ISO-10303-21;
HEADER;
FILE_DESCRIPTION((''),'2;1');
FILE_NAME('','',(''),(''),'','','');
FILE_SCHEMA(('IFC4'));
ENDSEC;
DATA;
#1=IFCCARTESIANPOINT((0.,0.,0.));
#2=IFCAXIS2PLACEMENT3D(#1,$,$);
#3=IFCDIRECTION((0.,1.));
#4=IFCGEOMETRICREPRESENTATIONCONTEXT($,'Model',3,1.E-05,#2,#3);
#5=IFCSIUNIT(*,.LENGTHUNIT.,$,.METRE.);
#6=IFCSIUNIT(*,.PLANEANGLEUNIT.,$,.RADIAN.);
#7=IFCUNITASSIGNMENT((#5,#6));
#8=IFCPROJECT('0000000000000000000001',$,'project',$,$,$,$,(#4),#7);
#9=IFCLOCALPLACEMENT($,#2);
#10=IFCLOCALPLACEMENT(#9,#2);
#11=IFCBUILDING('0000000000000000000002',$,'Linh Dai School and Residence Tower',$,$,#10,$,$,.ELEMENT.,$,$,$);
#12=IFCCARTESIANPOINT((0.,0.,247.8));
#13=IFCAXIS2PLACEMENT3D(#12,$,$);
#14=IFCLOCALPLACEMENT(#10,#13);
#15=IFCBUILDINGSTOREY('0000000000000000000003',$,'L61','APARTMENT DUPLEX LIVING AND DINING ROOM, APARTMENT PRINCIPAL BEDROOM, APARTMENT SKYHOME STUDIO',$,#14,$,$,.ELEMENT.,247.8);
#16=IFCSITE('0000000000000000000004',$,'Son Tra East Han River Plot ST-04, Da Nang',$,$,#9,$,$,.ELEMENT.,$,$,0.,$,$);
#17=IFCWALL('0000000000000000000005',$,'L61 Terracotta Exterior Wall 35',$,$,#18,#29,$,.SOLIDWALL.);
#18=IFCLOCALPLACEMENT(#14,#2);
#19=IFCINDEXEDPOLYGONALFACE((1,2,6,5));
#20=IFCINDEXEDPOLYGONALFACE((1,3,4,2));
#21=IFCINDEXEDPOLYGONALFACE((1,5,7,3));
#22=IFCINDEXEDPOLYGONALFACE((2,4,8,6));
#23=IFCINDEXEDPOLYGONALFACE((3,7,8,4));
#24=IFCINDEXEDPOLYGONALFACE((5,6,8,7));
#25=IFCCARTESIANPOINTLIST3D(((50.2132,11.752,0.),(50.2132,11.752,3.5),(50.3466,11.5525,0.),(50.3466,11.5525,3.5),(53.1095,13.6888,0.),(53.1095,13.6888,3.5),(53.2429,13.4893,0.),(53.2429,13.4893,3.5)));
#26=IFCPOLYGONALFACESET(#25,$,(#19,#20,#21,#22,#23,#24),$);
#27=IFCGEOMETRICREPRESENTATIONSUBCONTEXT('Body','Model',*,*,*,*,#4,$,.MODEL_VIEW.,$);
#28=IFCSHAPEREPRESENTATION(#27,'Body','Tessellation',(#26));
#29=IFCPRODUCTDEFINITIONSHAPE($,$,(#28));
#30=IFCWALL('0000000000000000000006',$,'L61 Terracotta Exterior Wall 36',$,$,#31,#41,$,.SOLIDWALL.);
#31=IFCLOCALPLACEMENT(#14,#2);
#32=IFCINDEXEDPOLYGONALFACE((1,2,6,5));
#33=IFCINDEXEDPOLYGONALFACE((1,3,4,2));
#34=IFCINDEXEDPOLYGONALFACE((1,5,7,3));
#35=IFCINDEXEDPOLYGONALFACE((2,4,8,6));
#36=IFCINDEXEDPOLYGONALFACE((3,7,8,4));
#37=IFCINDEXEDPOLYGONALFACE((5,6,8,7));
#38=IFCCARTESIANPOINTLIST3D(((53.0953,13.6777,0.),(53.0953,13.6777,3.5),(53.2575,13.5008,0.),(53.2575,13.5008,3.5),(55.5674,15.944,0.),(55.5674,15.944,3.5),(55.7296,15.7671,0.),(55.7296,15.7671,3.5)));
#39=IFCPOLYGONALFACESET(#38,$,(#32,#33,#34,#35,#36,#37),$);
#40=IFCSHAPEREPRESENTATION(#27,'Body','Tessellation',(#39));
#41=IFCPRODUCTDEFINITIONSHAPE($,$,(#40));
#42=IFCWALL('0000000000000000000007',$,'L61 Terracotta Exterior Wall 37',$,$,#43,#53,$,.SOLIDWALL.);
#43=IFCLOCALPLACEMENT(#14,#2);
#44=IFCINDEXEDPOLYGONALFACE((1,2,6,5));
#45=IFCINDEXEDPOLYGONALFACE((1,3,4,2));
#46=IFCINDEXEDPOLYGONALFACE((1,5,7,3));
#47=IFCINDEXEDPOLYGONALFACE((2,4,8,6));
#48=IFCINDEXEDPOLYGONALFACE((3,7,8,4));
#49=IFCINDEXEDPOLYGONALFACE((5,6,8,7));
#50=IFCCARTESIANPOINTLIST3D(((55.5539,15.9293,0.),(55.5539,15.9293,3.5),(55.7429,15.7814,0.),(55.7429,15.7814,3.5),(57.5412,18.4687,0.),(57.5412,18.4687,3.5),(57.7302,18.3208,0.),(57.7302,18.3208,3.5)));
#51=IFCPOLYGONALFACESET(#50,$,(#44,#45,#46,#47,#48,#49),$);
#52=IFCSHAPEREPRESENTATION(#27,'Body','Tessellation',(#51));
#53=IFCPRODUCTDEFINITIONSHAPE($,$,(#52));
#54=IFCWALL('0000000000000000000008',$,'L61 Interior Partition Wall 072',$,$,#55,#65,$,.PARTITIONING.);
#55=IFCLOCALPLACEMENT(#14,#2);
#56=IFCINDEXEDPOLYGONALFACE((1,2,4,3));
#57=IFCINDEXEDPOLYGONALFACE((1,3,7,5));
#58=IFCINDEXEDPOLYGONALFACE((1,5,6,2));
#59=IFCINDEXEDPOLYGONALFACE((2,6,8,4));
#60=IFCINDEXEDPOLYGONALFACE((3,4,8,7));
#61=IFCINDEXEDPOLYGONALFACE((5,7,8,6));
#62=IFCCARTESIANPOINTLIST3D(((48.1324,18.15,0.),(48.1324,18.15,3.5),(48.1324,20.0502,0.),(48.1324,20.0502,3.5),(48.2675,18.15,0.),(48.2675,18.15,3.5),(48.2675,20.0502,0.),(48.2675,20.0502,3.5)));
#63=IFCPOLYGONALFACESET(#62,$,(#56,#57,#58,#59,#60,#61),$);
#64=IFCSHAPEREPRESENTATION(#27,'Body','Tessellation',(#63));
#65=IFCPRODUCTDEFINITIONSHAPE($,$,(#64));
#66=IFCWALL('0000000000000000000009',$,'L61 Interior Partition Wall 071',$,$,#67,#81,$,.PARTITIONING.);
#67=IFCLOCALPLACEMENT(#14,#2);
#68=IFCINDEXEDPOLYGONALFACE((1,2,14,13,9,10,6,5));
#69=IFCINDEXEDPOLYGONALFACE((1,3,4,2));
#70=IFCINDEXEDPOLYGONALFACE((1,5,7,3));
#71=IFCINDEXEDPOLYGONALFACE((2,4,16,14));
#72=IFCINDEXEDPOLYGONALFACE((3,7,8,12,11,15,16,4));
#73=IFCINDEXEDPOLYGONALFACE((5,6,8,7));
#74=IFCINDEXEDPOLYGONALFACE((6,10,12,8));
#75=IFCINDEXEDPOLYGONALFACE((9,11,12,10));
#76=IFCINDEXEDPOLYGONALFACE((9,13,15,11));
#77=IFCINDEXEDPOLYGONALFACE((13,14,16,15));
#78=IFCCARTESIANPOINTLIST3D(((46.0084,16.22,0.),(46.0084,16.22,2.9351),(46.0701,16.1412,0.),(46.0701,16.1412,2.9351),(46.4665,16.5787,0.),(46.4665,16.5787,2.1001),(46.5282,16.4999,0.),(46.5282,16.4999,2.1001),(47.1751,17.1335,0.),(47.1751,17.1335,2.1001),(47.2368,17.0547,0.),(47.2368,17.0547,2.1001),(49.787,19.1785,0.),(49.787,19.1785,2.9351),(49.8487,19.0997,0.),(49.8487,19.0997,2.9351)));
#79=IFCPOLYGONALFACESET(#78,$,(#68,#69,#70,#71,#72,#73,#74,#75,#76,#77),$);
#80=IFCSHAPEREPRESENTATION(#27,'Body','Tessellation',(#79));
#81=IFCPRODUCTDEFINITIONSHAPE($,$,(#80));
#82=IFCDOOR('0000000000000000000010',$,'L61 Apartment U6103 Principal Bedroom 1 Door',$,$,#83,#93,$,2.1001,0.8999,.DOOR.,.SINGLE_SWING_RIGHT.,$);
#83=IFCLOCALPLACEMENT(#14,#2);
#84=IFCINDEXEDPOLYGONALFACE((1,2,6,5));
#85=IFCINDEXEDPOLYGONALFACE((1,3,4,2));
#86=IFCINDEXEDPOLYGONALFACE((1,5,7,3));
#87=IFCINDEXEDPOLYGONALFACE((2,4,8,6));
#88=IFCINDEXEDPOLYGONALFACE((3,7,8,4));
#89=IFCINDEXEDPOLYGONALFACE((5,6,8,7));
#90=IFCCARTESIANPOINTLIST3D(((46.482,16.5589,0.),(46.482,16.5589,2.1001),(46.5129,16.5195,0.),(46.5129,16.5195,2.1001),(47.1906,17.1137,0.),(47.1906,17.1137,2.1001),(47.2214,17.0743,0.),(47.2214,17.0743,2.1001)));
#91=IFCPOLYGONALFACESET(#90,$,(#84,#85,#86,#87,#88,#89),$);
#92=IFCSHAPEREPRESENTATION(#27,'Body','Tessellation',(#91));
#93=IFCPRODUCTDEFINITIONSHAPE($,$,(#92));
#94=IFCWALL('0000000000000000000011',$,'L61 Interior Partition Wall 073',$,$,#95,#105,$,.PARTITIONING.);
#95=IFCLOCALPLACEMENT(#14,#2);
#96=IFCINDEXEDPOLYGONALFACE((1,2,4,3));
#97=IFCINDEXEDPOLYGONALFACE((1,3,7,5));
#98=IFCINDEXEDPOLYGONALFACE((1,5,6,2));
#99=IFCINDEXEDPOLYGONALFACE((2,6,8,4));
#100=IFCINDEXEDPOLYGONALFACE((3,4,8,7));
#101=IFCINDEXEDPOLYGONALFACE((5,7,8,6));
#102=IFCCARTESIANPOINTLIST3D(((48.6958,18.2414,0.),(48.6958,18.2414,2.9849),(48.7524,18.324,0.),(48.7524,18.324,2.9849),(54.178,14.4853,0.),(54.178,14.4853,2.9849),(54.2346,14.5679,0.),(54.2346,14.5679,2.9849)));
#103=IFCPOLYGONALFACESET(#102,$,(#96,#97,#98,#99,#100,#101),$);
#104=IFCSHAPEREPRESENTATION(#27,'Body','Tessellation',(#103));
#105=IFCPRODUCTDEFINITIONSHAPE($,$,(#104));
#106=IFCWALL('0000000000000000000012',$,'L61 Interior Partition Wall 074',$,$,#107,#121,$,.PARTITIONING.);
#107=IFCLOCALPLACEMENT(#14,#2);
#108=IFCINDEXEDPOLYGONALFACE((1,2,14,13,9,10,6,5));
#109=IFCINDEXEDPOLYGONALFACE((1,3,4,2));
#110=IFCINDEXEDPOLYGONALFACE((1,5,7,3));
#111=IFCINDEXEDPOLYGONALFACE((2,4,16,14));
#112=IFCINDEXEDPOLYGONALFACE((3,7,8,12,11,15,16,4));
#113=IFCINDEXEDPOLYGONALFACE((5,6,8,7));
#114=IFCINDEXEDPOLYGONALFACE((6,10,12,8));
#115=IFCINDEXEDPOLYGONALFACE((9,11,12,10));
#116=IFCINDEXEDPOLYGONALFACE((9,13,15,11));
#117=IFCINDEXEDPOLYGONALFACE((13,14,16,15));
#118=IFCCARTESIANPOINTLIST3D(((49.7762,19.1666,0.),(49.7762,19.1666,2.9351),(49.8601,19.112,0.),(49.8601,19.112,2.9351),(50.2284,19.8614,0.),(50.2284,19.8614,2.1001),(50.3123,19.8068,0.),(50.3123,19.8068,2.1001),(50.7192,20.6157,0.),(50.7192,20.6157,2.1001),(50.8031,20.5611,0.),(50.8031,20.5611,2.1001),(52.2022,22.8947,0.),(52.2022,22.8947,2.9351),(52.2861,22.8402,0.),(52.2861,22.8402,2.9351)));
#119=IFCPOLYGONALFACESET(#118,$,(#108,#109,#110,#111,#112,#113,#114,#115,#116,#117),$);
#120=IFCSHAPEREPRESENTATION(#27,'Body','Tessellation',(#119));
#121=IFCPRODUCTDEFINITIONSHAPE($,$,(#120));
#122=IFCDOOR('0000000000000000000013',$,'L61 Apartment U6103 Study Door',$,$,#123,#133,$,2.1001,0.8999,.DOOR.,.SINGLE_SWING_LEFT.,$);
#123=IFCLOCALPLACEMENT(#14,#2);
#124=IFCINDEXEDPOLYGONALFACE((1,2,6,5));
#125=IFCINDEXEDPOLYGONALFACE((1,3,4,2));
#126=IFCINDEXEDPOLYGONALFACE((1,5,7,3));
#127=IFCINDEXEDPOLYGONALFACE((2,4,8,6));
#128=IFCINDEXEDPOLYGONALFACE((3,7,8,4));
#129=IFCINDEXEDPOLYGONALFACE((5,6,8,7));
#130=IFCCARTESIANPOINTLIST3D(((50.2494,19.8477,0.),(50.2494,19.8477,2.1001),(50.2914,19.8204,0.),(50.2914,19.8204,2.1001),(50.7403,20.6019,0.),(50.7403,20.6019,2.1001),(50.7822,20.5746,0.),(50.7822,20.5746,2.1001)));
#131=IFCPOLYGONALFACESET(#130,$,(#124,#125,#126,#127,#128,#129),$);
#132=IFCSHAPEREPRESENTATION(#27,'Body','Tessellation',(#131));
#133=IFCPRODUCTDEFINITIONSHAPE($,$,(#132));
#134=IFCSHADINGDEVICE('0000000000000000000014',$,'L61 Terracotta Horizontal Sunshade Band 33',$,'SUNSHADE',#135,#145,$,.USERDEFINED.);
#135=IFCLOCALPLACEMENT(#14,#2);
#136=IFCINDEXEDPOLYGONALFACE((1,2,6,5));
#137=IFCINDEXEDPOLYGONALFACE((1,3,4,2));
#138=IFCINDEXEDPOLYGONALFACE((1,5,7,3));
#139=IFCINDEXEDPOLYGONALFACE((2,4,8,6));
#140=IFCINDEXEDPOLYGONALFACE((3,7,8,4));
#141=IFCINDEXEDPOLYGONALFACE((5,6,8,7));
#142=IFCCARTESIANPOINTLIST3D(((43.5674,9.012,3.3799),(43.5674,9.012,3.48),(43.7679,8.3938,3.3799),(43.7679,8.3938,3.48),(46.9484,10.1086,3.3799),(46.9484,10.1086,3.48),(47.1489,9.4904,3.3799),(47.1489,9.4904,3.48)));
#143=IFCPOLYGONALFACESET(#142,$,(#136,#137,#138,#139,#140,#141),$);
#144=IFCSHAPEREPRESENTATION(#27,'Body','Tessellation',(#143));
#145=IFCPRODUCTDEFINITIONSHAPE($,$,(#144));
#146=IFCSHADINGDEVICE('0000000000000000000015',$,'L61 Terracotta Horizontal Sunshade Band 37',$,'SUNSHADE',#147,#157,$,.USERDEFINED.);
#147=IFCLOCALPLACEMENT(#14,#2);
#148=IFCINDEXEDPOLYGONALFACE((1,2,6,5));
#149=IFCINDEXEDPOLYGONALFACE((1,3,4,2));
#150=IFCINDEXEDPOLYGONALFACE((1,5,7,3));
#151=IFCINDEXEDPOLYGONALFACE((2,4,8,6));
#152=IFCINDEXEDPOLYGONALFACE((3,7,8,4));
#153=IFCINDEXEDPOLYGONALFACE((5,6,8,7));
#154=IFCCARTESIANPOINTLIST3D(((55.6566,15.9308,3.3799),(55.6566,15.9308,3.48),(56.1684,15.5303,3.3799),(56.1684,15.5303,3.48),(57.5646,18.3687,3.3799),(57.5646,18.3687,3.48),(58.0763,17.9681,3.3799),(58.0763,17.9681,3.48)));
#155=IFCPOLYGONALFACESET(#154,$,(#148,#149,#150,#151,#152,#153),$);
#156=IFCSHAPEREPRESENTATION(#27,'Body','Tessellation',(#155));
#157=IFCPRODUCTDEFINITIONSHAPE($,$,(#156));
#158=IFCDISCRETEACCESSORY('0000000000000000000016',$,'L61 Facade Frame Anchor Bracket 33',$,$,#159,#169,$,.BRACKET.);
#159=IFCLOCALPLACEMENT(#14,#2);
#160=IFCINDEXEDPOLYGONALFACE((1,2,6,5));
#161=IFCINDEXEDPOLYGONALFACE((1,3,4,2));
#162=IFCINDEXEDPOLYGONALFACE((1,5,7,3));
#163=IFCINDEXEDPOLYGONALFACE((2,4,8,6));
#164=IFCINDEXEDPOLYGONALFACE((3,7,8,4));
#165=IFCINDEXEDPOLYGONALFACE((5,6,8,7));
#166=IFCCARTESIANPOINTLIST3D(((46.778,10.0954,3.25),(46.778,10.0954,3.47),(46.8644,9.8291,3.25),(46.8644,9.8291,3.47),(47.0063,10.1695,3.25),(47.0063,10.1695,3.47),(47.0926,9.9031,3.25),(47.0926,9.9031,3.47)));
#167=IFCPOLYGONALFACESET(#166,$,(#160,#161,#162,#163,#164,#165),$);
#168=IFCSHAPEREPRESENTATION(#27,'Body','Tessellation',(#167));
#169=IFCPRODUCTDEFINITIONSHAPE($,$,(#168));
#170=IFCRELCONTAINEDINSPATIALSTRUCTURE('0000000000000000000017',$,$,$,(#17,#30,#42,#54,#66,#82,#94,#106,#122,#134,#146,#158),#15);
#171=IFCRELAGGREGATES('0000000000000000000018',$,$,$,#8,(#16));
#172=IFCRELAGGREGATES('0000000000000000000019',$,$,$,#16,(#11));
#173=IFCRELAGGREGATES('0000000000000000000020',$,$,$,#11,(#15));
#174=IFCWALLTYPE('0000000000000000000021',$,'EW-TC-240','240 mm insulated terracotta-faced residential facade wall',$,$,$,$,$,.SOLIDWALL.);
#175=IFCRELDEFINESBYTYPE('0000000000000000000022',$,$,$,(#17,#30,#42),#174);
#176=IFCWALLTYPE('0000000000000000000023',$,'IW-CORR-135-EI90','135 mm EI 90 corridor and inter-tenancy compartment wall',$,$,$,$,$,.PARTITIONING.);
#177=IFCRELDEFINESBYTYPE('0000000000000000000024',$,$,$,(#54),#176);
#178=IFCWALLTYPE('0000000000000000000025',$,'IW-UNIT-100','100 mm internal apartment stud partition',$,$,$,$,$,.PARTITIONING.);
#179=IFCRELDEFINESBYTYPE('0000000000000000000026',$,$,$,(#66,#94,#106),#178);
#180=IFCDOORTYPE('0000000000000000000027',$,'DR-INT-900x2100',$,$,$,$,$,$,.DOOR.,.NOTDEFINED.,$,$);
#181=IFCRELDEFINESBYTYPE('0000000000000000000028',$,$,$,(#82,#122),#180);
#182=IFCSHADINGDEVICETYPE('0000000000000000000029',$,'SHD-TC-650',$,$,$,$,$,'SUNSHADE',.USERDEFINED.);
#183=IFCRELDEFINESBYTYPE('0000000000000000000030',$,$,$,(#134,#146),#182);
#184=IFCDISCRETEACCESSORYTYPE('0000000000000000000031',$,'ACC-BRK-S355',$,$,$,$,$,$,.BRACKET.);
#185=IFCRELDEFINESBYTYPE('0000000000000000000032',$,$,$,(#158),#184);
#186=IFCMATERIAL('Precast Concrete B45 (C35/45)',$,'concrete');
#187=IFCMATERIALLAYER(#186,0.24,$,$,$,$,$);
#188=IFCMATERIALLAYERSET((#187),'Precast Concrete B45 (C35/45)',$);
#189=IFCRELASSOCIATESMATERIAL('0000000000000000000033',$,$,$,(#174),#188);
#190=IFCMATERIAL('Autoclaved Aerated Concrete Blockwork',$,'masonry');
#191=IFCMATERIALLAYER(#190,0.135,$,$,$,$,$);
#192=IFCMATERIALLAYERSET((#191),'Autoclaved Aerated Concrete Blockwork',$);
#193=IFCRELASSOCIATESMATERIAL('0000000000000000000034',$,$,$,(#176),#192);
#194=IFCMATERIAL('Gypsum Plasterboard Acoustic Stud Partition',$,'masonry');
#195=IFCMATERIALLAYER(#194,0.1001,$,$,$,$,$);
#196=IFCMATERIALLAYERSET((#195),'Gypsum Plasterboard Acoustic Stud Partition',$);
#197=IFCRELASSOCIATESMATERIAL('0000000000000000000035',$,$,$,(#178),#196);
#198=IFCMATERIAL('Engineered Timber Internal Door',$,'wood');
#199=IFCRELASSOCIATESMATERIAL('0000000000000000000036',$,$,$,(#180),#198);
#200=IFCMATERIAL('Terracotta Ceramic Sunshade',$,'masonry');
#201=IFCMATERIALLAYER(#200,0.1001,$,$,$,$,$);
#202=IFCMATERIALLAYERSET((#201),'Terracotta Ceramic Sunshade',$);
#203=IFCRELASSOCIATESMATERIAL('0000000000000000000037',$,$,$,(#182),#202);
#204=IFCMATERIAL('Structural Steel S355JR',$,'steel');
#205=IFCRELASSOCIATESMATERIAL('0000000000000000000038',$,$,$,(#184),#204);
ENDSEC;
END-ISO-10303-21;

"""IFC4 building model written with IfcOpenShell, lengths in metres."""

from ifc_helpers import new_model, si_unit, direction, frame, frame_2d, origin, origin_2d, place, context, subcontext, project, spatial, rectangle, extrude, source, transform, mapped, material, layer, layer_set, type_object, element, fill, save


model = new_model("IFC4")

# Units and contexts
model_context = context("Model", 3, precision=1e-05, world=origin(), true_north=direction((0.0, 1.0)))
body_context = subcontext(model_context, "Body", "Model", "MODEL_VIEW")
ifc_project = project(units=[si_unit("LENGTHUNIT", "METRE"), si_unit("PLANEANGLEUNIT", "RADIAN")], contexts=[model_context])

# Site, building, storey
site_placement = place(None, origin())
site = spatial("IfcSite", under=ifc_project, at=site_placement, Name="Son Tra East Han River Plot ST-04, Da Nang", CompositionType="ELEMENT", RefElevation=0.0)
building_placement = place(site_placement, origin())
building = spatial("IfcBuilding", under=site, at=building_placement, Name="Linh Dai School and Residence Tower", CompositionType="ELEMENT")
storey_placement = place(building_placement, frame((0.0, 0.0, 247.8)))
storey = spatial("IfcBuildingStorey", under=building, at=storey_placement, Name="L61", Description="APARTMENT DUPLEX LIVING AND DINING ROOM, APARTMENT PRINCIPAL BEDROOM, APARTMENT SKYHOME STUDIO", CompositionType="ELEMENT", Elevation=247.8)

# Shared definitions
ifc_material_1 = material(Name="Structural Steel S355JR", Category="steel")

# Shared definitions
ifc_material_2 = material(Name="Precast Concrete B45 (C35/45)", Category="concrete")

# Shared definitions
ifc_layer_1 = layer(ifc_material_2, 0.24)
ifc_layer_set_1 = layer_set([ifc_layer_1], Name="Precast Concrete B45 (C35/45)")
wall_type_1 = type_object("IfcWallType", Name="EW-TC-240", Description="240 mm insulated terracotta-faced residential facade wall", PredefinedType="SOLIDWALL", material=ifc_layer_set_1)

# Walls
wall_1_placement = place(storey_placement, frame((53.1763, 13.5891, 0.0), z_axis=(0.0, 0.0, 1.0), x_axis=(-0.831262, -0.55588, 0.0)))
element("IfcWall", 1, at=wall_1_placement, inside=storey, type_object=wall_type_1, Name="L61 Terracotta Exterior Wall 35", PredefinedType="SOLIDWALL", context=body_context, shape_type="SweptSolid", body=[
    extrude(rectangle(XDim=3.4841, YDim=0.24, at=frame_2d((1.7422, 0.0))), origin(), (0.0, 0.0, 1.0), 3.5),
])
wall_2_placement = place(storey_placement, frame((55.6484, 15.8555, 0.0), z_axis=(0.0, 0.0, 1.0), x_axis=(-0.737124, -0.675758, 0.0)))
element("IfcWall", 2, at=wall_2_placement, inside=storey, type_object=wall_type_1, Name="L61 Terracotta Exterior Wall 36", PredefinedType="SOLIDWALL", context=body_context, shape_type="SweptSolid", body=[
    extrude(rectangle(XDim=3.3538, YDim=0.24, at=frame_2d((1.6768, 0.0))), origin(), (0.0, 0.0, 1.0), 3.5),
])
wall_3_placement = place(storey_placement, frame((57.6357, 18.3948, 0.0), z_axis=(0.0, 0.0, 1.0), x_axis=(-0.616312, -0.787502, 0.0)))
element("IfcWall", 3, at=wall_3_placement, inside=storey, type_object=wall_type_1, Name="L61 Terracotta Exterior Wall 37", PredefinedType="SOLIDWALL", context=body_context, shape_type="SweptSolid", body=[
    extrude(rectangle(XDim=3.2246, YDim=0.24, at=frame_2d((1.6123, 0.0))), origin(), (0.0, 0.0, 1.0), 3.5),
])
ifc_material_3 = material(Name="Autoclaved Aerated Concrete Blockwork", Category="masonry")
ifc_layer_2 = layer(ifc_material_3, 0.135)
ifc_layer_set_2 = layer_set([ifc_layer_2], Name="Autoclaved Aerated Concrete Blockwork")
wall_type_2 = type_object("IfcWallType", Name="IW-CORR-135-EI90", Description="135 mm EI 90 corridor and inter-tenancy compartment wall", PredefinedType="PARTITIONING", material=ifc_layer_set_2)
wall_4_placement = place(storey_placement, frame((48.2, 18.1499, 0.0), z_axis=(0.0, 0.0, 1.0), x_axis=(0.0, 1.0, 0.0)))
element("IfcWall", 4, at=wall_4_placement, inside=storey, type_object=wall_type_2, Name="L61 Interior Partition Wall 072", PredefinedType="PARTITIONING", context=body_context, shape_type="SweptSolid", body=[
    extrude(rectangle(XDim=1.9001, YDim=0.135, at=frame_2d((0.9502, 0.0))), origin(), (0.0, 0.0, 1.0), 3.5),
])

# Wall, opening, door
ifc_material_4 = material(Name="Gypsum Plasterboard Acoustic Stud Partition", Category="masonry")
ifc_layer_3 = layer(ifc_material_4, 0.1001)
ifc_layer_set_3 = layer_set([ifc_layer_3], Name="Gypsum Plasterboard Acoustic Stud Partition")
wall_type_3 = type_object("IfcWallType", Name="IW-UNIT-100", Description="100 mm internal apartment stud partition", PredefinedType="PARTITIONING", material=ifc_layer_set_3)
wall_5_placement = place(storey_placement, frame((46.0393, 16.1807, 0.0), z_axis=(0.0, 0.0, 1.0), x_axis=(0.787368, 0.616484, 0.0)))
wall_5 = element("IfcWall", 5, at=wall_5_placement, inside=storey, type_object=wall_type_3, Name="L61 Interior Partition Wall 071", PredefinedType="PARTITIONING", context=body_context, shape_type="SweptSolid", body=[
    extrude(rectangle(XDim=4.7991, YDim=0.1001, at=frame_2d((2.3994, 0.0))), origin(), (0.0, 0.0, 1.0), 2.9351),
])
opening_1_placement = place(wall_5_placement, frame((0.5818, 0.0, 0.0)))
opening_1 = element("IfcOpeningElement", 6, at=opening_1_placement, cuts=wall_5, PredefinedType="OPENING", context=body_context, shape_type="SweptSolid", body=[
    extrude(rectangle(XDim=0.8999, YDim=2.1001, at=origin_2d()), frame((0.45, 0.0601, 1.05), z_axis=(0.0, -1.0, 0.0), x_axis=(1.0, 0.0, 0.0)), (0.0, 0.0, 1.0), 0.1201),
])
ifc_material_5 = material(Name="Engineered Timber Internal Door", Category="wood")
door_type = type_object("IfcDoorType", Name="DR-INT-900x2100", OperationType="NOTDEFINED", PredefinedType="DOOR", material=ifc_material_5)
shared_shape_1 = source(origin(), body_context, "Body", "SweptSolid", [
    extrude(rectangle(XDim=0.8999, YDim=2.1001, at=origin_2d()), frame((0.45, 0.0249, 1.05), z_axis=(0.0, -1.0, 0.0), x_axis=(1.0, 0.0, 0.0)), (0.0, 0.0, 1.0), 0.05),
])
door_1_placement = place(opening_1_placement, origin())
door_1 = element("IfcDoor", 7, at=door_1_placement, inside=storey, type_object=door_type, Name="L61 Apartment U6103 Principal Bedroom 1 Door", OperationType="SINGLE_SWING_RIGHT", OverallHeight=2.1001, OverallWidth=0.8999, PredefinedType="DOOR", context=body_context, shape_type="MappedRepresentation", body=[
    mapped(shared_shape_1, transform((0.0, 0.0, 0.0), x_axis=(1.0, 0.0, 0.0), y_axis=(0.0, 1.0, 0.0), z_axis=(0.0, 0.0, 1.0), scale=1.0)),
])
fill(opening_1, door_1)

# Wall
wall_6_placement = place(storey_placement, frame((48.7241, 18.2827, 0.0), z_axis=(0.0, 0.0, 1.0), x_axis=(0.824947, -0.565211, 0.0)))
element("IfcWall", 8, at=wall_6_placement, inside=storey, type_object=wall_type_3, Name="L61 Interior Partition Wall 073", PredefinedType="PARTITIONING", context=body_context, shape_type="SweptSolid", body=[
    extrude(rectangle(XDim=6.6455, YDim=0.1001, at=frame_2d((3.3228, 0.0))), origin(), (0.0, 0.0, 1.0), 2.9849),
])

# Wall, opening, door
wall_7_placement = place(storey_placement, frame((49.8181, 19.1392, 0.0), z_axis=(0.0, 0.0, 1.0), x_axis=(0.545407, 0.838171, 0.0)))
wall_7 = element("IfcWall", 9, at=wall_7_placement, inside=storey, type_object=wall_type_3, Name="L61 Interior Partition Wall 074", PredefinedType="PARTITIONING", context=body_context, shape_type="SweptSolid", body=[
    extrude(rectangle(XDim=4.448, YDim=0.1001, at=frame_2d((2.2241, 0.0))), origin(), (0.0, 0.0, 1.0), 2.9351),
])
opening_2_placement = place(wall_7_placement, frame((0.8291, 0.0, 0.0)))
opening_2 = element("IfcOpeningElement", 10, at=opening_2_placement, cuts=wall_7, PredefinedType="OPENING", context=body_context, shape_type="SweptSolid", body=[
    extrude(rectangle(XDim=0.8999, YDim=2.1001, at=origin_2d()), frame((0.45, 0.0601, 1.05), z_axis=(0.0, -1.0, 0.0), x_axis=(1.0, 0.0, 0.0)), (0.0, 0.0, 1.0), 0.1201),
])
door_2_placement = place(opening_2_placement, origin())
door_2 = element("IfcDoor", 11, at=door_2_placement, inside=storey, type_object=door_type, Name="L61 Apartment U6103 Study Door", OperationType="SINGLE_SWING_LEFT", OverallHeight=2.1001, OverallWidth=0.8999, PredefinedType="DOOR", context=body_context, shape_type="MappedRepresentation", body=[
    mapped(shared_shape_1, transform((0.0, 0.0, 0.0), x_axis=(1.0, 0.0, 0.0), y_axis=(0.0, 1.0, 0.0), z_axis=(0.0, 0.0, 1.0), scale=1.0)),
])
fill(opening_2, door_2)

# Shading devices
ifc_material_6 = material(Name="Terracotta Ceramic Sunshade", Category="masonry")
ifc_layer_4 = layer(ifc_material_6, 0.1001)
ifc_layer_set_4 = layer_set([ifc_layer_4], Name="Terracotta Ceramic Sunshade")
shading_device_type = type_object("IfcShadingDeviceType", Name="SHD-TC-650", ElementType="SUNSHADE", PredefinedType="USERDEFINED", material=ifc_layer_set_4)
shared_shape_2 = source(origin(), body_context, "Body", "SweptSolid", [
    extrude(rectangle(XDim=3.5544, YDim=0.6499, at=origin_2d()), origin(), (0.0, 0.0, 1.0), 0.1001),
])
shading_device_1_placement = place(storey_placement, frame((45.3582, 9.2512, 3.3799), z_axis=(0.0, 0.0, 1.0), x_axis=(-0.951224, -0.308501, 0.0)))
element("IfcShadingDevice", 12, at=shading_device_1_placement, inside=storey, type_object=shading_device_type, Name="L61 Terracotta Horizontal Sunshade Band 33", ObjectType="SUNSHADE", PredefinedType="USERDEFINED", context=body_context, shape_type="MappedRepresentation", body=[
    mapped(shared_shape_2, transform((0.0, 0.0, 0.0), x_axis=(1.0, 0.0, 0.0), y_axis=(0.0, 1.0, 0.0), z_axis=(0.0, 0.0, 1.0), scale=1.0)),
])
shared_shape_3 = source(origin(), body_context, "Body", "SweptSolid", [
    extrude(rectangle(XDim=3.0957, YDim=0.6499, at=origin_2d()), origin(), (0.0, 0.0, 1.0), 0.1001),
])
shading_device_2_placement = place(storey_placement, frame((56.8665, 16.9495, 3.3799), z_axis=(0.0, 0.0, 1.0), x_axis=(-0.616334, -0.787485, 0.0)))
element("IfcShadingDevice", 13, at=shading_device_2_placement, inside=storey, type_object=shading_device_type, Name="L61 Terracotta Horizontal Sunshade Band 37", ObjectType="SUNSHADE", PredefinedType="USERDEFINED", context=body_context, shape_type="MappedRepresentation", body=[
    mapped(shared_shape_3, transform((0.0, 0.0, 0.0), x_axis=(1.0, 0.0, 0.0), y_axis=(0.0, 1.0, 0.0), z_axis=(0.0, 0.0, 1.0), scale=1.0)),
])

# Discrete accessory
discrete_accessory_type = type_object("IfcDiscreteAccessoryType", Name="ACC-BRK-S355", PredefinedType="BRACKET", material=ifc_material_1)
shared_shape_4 = source(origin(), body_context, "Body", "SweptSolid", [
    extrude(rectangle(XDim=0.28, YDim=0.24, at=origin_2d()), origin(), (0.0, 0.0, 1.0), 0.22),
])
for number, where, z_axis, x_axis, name in (
    (14, (46.9353, 9.9993, 3.25), (0.0, 0.0, 1.0), (0.308501, -0.951224, 0.0), "L61 Facade Frame Anchor Bracket 33"),
):
    element("IfcDiscreteAccessory", number, at=place(storey_placement, frame(where, z_axis=z_axis, x_axis=x_axis)), inside=storey, type_object=discrete_accessory_type, Name=name, PredefinedType="BRACKET", context=body_context, shape_type="MappedRepresentation", body=[
        mapped(shared_shape_4, transform((0.0, 0.0, 0.0), x_axis=(1.0, 0.0, 0.0), y_axis=(0.0, 1.0, 0.0), z_axis=(0.0, 0.0, 1.0), scale=1.0)),
    ])

save(model, "model.ifc")
